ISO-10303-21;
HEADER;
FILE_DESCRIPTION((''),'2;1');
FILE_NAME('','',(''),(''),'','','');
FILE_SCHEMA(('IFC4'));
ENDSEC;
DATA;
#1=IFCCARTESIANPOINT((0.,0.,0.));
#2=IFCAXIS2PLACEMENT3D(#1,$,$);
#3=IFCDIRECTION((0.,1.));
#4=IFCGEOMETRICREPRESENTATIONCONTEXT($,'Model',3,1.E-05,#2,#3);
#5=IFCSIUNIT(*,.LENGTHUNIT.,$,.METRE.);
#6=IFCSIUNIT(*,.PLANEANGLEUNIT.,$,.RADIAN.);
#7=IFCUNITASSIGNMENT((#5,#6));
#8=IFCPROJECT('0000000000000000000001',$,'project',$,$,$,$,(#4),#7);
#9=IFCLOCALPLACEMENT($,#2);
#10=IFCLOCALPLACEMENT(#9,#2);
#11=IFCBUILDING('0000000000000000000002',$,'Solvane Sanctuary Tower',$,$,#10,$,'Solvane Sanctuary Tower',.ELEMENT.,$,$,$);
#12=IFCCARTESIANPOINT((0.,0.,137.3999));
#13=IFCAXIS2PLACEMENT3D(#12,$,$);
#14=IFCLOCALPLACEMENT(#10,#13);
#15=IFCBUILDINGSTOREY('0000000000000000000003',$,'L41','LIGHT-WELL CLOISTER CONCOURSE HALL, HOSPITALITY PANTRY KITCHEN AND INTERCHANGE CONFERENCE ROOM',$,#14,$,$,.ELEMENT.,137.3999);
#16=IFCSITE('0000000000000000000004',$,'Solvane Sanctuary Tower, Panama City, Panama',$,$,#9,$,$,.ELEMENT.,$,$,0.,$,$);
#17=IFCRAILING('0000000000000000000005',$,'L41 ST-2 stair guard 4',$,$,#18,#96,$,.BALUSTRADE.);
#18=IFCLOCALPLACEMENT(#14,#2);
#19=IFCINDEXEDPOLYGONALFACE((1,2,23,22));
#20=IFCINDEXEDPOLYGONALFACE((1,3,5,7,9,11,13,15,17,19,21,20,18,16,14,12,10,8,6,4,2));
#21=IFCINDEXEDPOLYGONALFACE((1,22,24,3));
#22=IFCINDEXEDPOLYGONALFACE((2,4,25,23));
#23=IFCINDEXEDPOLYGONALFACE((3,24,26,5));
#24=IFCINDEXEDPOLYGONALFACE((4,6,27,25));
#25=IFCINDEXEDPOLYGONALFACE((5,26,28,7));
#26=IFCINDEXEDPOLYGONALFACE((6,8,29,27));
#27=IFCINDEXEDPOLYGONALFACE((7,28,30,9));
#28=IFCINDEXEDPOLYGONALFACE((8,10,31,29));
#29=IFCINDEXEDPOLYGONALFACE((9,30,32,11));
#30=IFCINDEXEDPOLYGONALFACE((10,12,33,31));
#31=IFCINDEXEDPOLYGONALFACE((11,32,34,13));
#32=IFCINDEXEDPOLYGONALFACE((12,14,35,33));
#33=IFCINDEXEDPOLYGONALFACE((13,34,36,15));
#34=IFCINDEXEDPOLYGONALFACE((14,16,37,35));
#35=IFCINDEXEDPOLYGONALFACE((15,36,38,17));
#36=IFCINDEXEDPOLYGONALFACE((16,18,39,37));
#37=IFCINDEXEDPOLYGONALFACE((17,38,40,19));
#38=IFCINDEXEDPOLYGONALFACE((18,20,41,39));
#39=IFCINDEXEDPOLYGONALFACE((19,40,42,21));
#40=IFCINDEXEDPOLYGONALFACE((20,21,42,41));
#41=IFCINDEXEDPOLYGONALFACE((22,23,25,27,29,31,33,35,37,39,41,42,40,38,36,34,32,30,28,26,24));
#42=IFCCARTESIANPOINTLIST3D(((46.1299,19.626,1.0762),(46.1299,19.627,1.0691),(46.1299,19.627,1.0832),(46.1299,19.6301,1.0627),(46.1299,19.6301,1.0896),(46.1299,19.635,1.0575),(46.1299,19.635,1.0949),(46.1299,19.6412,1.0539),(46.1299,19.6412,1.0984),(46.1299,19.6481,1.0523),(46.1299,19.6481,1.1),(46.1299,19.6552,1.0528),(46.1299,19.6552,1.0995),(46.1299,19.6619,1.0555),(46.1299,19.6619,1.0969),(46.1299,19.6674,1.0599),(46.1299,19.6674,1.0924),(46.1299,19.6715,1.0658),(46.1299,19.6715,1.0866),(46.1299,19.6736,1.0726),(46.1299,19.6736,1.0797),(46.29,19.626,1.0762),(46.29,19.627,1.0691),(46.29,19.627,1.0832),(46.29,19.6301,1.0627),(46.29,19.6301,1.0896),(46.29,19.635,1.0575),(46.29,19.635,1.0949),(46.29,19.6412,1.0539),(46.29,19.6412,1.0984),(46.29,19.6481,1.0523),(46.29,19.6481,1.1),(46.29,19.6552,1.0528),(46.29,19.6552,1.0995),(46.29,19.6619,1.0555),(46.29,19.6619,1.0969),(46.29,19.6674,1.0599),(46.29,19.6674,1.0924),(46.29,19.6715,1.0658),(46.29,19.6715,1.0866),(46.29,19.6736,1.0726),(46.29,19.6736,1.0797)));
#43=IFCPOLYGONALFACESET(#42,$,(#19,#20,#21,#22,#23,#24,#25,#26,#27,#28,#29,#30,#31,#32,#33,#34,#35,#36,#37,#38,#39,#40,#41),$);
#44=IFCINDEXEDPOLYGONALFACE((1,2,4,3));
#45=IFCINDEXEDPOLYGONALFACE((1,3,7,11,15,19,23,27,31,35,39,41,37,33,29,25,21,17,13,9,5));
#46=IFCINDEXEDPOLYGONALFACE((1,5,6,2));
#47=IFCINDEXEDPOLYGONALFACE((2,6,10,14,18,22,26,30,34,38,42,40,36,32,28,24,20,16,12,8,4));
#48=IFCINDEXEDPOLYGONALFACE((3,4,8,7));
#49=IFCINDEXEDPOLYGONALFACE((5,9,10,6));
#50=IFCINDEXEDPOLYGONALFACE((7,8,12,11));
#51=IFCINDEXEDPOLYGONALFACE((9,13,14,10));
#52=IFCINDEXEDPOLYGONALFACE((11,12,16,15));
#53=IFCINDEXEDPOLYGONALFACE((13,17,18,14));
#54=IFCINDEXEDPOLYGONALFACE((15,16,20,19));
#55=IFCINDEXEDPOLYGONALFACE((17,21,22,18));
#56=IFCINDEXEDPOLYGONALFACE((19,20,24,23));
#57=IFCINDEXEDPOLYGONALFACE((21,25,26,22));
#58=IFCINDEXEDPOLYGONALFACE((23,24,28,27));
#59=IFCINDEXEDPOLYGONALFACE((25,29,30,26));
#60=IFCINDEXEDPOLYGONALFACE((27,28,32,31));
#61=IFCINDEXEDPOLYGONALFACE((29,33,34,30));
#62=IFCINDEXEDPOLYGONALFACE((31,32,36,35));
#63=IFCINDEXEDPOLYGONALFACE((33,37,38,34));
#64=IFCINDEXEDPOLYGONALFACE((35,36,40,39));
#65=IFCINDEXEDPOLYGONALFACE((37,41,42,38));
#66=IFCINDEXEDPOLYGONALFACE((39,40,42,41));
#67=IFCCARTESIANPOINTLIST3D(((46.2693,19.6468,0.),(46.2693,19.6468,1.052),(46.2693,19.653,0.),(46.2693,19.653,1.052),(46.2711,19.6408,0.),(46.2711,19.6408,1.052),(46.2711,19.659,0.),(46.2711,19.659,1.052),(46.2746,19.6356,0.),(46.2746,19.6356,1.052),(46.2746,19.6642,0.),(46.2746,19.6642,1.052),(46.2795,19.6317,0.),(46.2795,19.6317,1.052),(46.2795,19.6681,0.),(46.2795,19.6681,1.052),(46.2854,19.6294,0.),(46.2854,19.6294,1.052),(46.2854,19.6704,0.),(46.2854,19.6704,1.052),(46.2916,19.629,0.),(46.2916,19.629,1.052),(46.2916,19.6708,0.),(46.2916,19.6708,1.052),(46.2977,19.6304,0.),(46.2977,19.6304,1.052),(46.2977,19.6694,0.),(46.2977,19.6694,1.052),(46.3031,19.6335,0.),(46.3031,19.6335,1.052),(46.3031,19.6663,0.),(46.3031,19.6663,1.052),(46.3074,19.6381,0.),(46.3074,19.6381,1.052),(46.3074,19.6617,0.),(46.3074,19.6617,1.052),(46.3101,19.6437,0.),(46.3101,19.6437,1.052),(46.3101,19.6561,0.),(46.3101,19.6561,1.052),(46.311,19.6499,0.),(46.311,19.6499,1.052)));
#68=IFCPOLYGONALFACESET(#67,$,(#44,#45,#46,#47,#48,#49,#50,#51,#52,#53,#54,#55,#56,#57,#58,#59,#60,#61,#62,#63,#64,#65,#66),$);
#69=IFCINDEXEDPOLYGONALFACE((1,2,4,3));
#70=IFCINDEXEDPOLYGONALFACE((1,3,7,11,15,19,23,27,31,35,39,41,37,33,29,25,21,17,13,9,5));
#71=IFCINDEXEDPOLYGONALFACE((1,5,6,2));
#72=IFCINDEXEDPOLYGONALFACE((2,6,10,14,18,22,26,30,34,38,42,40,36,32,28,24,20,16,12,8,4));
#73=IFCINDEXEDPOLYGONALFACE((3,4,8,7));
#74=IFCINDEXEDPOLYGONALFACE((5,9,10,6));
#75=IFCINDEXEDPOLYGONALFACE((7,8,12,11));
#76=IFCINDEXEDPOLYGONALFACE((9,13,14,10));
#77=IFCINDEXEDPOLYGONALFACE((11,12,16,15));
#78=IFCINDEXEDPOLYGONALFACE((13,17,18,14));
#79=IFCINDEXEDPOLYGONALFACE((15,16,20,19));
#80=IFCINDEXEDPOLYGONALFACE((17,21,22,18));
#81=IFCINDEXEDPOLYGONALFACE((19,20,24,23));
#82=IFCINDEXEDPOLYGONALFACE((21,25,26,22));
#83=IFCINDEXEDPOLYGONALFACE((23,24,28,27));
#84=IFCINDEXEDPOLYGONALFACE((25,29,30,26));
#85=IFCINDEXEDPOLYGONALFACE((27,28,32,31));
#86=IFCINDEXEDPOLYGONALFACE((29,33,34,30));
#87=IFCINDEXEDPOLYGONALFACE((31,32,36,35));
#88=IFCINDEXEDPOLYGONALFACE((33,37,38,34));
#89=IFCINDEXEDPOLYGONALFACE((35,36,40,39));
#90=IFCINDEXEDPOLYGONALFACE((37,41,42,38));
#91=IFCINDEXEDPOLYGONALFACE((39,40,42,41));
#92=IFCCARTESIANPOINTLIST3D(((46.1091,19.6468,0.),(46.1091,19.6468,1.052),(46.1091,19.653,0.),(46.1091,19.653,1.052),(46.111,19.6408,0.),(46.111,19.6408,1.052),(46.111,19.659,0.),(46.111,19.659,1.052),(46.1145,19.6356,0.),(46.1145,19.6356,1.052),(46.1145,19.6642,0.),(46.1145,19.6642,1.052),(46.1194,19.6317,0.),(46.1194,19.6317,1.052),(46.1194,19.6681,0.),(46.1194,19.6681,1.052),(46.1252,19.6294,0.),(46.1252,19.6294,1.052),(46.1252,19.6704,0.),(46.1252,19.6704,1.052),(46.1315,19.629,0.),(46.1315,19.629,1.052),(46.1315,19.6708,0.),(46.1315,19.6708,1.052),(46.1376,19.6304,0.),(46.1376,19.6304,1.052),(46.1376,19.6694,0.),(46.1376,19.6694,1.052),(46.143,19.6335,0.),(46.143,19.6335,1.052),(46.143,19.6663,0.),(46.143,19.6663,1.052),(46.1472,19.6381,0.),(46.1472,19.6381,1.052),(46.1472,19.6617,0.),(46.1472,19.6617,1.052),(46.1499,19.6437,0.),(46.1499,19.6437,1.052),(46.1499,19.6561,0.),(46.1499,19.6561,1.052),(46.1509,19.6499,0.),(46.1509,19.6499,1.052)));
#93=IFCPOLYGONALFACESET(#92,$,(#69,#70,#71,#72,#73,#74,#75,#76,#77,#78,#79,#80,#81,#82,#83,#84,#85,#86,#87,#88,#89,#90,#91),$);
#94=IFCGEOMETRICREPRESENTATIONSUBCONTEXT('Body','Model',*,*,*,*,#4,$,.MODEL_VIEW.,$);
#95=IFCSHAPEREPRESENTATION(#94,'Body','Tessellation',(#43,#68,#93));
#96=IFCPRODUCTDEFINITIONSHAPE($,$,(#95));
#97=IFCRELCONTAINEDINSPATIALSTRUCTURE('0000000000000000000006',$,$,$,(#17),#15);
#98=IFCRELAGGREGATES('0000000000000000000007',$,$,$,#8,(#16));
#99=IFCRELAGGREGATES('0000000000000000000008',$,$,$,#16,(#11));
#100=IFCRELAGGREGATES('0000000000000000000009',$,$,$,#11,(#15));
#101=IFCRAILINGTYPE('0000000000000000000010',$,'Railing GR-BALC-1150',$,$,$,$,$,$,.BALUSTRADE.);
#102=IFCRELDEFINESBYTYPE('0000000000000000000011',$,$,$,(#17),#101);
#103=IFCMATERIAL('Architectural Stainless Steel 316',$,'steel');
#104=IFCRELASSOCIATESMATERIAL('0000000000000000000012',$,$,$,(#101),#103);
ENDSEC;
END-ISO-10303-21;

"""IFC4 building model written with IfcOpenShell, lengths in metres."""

from ifc_helpers import new_model, si_unit, direction, frame, origin, origin_2d, place, context, subcontext, project, spatial, circle, extrude, material, type_object, element, save


model = new_model("IFC4")

# Units and contexts
model_context = context("Model", 3, precision=1e-05, world=origin(), true_north=direction((0.0, 1.0)))
body_context = subcontext(model_context, "Body", "Model", "MODEL_VIEW")
ifc_project = project(units=[si_unit("LENGTHUNIT", "METRE"), si_unit("PLANEANGLEUNIT", "RADIAN")], contexts=[model_context])

# Site, building, storey
site_placement = place(None, origin())
site = spatial("IfcSite", under=ifc_project, at=site_placement, Name="Solvane Sanctuary Tower, Panama City, Panama", CompositionType="ELEMENT", RefElevation=0.0)
building_placement = place(site_placement, origin())
building = spatial("IfcBuilding", under=site, at=building_placement, Name="Solvane Sanctuary Tower", LongName="Solvane Sanctuary Tower", CompositionType="ELEMENT")
storey_placement = place(building_placement, frame((0.0, 0.0, 137.3999)))
storey = spatial("IfcBuildingStorey", under=building, at=storey_placement, Name="L41", Description="LIGHT-WELL CLOISTER CONCOURSE HALL, HOSPITALITY PANTRY KITCHEN AND INTERCHANGE CONFERENCE ROOM", CompositionType="ELEMENT", Elevation=137.3999)

# Shared definitions
ifc_material_1 = material(Name="Architectural Stainless Steel 316", Category="steel")

# Railing
railing_type_1 = type_object("IfcRailingType", Name="Railing GR-BALC-1150", PredefinedType="BALUSTRADE", material=ifc_material_1)
railing_1_placement = place(storey_placement, frame((46.29, 19.6499, 0.0)))
element("IfcRailing", 1, at=railing_1_placement, inside=storey, type_object=railing_type_1, Name="L41 ST-2 stair guard 4", PredefinedType="BALUSTRADE", context=body_context, shape_type="SweptSolid", body=[
    extrude(circle(Radius=0.0239, at=origin_2d()), frame((0.0, 0.0, 1.0762), z_axis=(-1.0, 0.0, 0.0), x_axis=(0.0, -1.0, 0.0)), (0.0, 0.0, 1.0), 0.1602),
    extrude(circle(Radius=0.021, at=origin_2d()), origin(), (0.0, 0.0, 1.0), 1.052),
    extrude(circle(Radius=0.021, at=origin_2d()), frame((-0.1602, 0.0, 0.0)), (0.0, 0.0, 1.0), 1.052),
])

save(model, "model.ifc")
